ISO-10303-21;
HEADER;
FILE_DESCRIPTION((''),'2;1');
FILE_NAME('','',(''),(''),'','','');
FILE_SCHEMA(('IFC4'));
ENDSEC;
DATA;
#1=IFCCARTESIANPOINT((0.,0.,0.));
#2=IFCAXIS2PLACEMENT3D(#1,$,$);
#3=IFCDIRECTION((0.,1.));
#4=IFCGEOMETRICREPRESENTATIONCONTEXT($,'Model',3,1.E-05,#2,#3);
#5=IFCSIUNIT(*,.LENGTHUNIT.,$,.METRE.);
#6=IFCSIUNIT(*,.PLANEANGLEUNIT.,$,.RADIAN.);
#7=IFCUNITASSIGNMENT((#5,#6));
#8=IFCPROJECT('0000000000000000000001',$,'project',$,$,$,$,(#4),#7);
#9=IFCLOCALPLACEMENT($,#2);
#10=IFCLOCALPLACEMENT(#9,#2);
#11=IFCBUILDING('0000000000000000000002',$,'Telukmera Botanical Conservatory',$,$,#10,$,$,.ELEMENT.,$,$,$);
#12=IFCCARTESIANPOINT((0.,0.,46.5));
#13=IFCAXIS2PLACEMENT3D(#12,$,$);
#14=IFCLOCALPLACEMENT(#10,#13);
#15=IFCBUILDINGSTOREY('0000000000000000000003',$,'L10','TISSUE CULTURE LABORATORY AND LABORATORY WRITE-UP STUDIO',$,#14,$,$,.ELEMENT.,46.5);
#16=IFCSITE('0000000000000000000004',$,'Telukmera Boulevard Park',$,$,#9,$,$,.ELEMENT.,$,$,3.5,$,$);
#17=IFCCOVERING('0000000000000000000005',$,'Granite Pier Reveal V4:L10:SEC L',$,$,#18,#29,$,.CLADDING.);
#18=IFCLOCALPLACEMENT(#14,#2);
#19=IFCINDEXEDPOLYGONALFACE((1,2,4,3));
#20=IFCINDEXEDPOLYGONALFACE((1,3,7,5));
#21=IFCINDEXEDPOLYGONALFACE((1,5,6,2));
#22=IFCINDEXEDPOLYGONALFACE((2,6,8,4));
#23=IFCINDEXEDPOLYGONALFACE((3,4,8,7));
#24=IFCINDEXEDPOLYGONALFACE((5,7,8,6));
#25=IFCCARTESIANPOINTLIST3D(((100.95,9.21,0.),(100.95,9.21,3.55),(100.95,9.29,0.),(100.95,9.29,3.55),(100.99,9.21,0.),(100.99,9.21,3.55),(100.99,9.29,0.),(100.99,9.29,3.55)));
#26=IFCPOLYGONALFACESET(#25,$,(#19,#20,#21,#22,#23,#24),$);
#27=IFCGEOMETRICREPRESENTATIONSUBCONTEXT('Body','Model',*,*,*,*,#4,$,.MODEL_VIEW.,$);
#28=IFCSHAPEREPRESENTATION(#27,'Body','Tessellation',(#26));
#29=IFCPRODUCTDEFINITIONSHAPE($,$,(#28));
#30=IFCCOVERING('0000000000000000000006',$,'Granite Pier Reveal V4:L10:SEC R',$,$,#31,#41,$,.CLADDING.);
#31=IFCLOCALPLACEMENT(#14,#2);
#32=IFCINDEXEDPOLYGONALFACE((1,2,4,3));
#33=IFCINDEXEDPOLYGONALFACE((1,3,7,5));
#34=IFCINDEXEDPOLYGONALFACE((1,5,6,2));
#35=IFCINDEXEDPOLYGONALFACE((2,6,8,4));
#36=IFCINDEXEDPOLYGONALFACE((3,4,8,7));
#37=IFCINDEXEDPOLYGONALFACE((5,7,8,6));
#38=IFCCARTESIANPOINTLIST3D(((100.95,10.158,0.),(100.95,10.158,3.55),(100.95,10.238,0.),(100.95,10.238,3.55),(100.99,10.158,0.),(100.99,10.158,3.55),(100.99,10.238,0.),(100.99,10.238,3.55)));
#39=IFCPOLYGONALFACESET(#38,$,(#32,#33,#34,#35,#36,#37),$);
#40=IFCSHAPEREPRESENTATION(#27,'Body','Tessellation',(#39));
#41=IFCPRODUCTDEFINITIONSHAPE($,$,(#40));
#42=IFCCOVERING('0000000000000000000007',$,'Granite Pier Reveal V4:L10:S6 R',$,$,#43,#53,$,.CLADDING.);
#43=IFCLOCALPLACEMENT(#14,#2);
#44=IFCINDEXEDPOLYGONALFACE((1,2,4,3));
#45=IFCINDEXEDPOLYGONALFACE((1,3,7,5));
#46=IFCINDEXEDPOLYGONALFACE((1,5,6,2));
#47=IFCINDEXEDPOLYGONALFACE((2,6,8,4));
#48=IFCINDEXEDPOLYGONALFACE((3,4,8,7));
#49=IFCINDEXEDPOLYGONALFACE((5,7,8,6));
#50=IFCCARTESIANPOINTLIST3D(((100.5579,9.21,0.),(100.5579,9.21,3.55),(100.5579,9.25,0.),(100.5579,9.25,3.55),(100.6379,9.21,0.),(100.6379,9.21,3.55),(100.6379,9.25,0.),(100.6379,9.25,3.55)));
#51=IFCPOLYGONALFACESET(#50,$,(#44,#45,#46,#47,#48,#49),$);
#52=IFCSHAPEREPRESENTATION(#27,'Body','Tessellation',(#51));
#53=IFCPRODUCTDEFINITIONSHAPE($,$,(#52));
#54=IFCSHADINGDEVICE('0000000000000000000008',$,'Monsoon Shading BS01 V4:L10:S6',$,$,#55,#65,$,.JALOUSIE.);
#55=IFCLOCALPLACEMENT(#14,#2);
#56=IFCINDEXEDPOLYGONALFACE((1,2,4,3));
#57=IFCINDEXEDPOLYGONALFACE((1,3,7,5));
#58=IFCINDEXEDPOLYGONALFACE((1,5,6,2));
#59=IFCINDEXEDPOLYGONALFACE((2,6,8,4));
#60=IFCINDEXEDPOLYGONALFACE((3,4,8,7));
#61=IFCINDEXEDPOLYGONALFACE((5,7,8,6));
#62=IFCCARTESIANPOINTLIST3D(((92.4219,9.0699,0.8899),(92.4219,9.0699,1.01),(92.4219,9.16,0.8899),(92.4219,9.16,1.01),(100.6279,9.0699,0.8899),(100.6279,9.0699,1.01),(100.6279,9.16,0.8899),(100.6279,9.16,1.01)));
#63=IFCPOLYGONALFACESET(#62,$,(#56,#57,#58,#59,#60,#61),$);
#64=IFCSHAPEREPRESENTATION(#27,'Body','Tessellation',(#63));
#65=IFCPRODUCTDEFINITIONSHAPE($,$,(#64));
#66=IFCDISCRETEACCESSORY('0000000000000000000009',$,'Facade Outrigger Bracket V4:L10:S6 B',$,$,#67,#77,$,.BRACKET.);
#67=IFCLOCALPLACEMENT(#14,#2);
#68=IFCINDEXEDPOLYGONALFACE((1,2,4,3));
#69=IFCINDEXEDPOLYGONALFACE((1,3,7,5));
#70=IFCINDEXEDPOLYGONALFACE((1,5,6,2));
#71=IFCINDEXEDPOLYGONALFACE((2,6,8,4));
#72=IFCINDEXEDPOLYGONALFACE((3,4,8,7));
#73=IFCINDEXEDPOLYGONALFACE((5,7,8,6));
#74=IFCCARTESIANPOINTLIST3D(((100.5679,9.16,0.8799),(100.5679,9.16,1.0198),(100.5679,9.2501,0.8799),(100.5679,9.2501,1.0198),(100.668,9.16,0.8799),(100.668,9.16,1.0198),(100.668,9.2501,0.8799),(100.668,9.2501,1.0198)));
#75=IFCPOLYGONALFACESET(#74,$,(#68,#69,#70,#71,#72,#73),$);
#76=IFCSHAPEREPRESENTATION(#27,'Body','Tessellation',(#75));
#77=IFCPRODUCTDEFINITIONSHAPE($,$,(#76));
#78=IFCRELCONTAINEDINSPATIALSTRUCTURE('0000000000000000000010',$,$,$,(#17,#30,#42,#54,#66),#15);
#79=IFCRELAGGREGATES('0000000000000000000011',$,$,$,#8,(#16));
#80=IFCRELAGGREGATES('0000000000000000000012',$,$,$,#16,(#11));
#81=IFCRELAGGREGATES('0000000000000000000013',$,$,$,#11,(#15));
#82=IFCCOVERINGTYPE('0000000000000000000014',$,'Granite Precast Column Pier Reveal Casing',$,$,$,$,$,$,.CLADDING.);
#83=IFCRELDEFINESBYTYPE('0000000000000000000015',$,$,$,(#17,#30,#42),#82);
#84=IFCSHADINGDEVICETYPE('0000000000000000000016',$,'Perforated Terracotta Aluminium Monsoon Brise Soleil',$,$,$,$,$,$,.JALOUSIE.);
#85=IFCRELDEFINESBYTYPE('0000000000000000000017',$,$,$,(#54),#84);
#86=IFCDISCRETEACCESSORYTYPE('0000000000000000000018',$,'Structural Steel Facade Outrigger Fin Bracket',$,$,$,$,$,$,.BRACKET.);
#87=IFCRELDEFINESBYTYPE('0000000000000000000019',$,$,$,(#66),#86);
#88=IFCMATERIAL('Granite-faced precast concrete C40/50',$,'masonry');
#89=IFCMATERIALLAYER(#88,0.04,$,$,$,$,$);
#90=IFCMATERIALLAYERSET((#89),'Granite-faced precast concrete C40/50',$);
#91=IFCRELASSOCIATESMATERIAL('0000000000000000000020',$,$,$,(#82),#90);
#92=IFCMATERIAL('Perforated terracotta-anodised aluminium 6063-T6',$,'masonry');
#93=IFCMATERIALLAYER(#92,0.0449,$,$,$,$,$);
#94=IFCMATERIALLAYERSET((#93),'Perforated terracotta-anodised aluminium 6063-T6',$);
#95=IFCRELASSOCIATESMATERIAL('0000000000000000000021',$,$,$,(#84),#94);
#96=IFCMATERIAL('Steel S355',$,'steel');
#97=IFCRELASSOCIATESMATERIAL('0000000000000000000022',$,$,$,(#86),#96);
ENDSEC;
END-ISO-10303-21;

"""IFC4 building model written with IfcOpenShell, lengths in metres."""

from ifc_helpers import new_model, si_unit, direction, frame, origin, origin_2d, place, context, subcontext, project, spatial, rectangle, extrude, material, layer, layer_set, type_object, element, save


model = new_model("IFC4")

# Units and contexts
model_context = context("Model", 3, precision=1e-05, world=origin(), true_north=direction((0.0, 1.0)))
body_context = subcontext(model_context, "Body", "Model", "MODEL_VIEW")
ifc_project = project(units=[si_unit("LENGTHUNIT", "METRE"), si_unit("PLANEANGLEUNIT", "RADIAN")], contexts=[model_context])

# Site, building, storey
site_placement = place(None, origin())
site = spatial("IfcSite", under=ifc_project, at=site_placement, Name="Telukmera Boulevard Park", CompositionType="ELEMENT", RefElevation=3.5)
building_placement = place(site_placement, origin())
building = spatial("IfcBuilding", under=site, at=building_placement, Name="Telukmera Botanical Conservatory", CompositionType="ELEMENT")
storey_placement = place(building_placement, frame((0.0, 0.0, 46.5)))
storey = spatial("IfcBuildingStorey", under=building, at=storey_placement, Name="L10", Description="TISSUE CULTURE LABORATORY AND LABORATORY WRITE-UP STUDIO", CompositionType="ELEMENT", Elevation=46.5)

# Coverings
ifc_material_1 = material(Name="Granite-faced precast concrete C40/50", Category="masonry")
ifc_layer_1 = layer(ifc_material_1, 0.04)
ifc_layer_set_1 = layer_set([ifc_layer_1], Name="Granite-faced precast concrete C40/50")
covering_type = type_object("IfcCoveringType", Name="Granite Precast Column Pier Reveal Casing", PredefinedType="CLADDING", material=ifc_layer_set_1)
for number, where, z_axis, x_axis, name in (
    (1, (100.97, 9.25, 0.0), (0.0, 0.0, 1.0), (0.0, 1.0, 0.0), "Granite Pier Reveal V4:L10:SEC L"),
    (2, (100.97, 10.198, 0.0), (0.0, 0.0, 1.0), (0.0, 1.0, 0.0), "Granite Pier Reveal V4:L10:SEC R"),
    (3, (100.5979, 9.23, 0.0), (0.0, 0.0, 1.0), (1.0, 0.0, 0.0), "Granite Pier Reveal V4:L10:S6 R"),
):
    element("IfcCovering", number, at=place(storey_placement, frame(where, z_axis=z_axis, x_axis=x_axis)), inside=storey, type_object=covering_type, Name=name, PredefinedType="CLADDING", context=body_context, shape_type="SweptSolid", body=[
        extrude(rectangle(XDim=0.0801, YDim=0.04, at=origin_2d()), origin(), (0.0, 0.0, 1.0), 3.55),
    ])

# Shading device
ifc_material_2 = material(Name="Perforated terracotta-anodised aluminium 6063-T6", Category="masonry")
ifc_layer_2 = layer(ifc_material_2, 0.0449)
ifc_layer_set_2 = layer_set([ifc_layer_2], Name="Perforated terracotta-anodised aluminium 6063-T6")
shading_device_type = type_object("IfcShadingDeviceType", Name="Perforated Terracotta Aluminium Monsoon Brise Soleil", PredefinedType="JALOUSIE", material=ifc_layer_set_2)
shading_device_placement = place(storey_placement, frame((96.5249, 9.115, 0.8899), z_axis=(0.0, 0.0, 1.0), x_axis=(1.0, 0.0, 0.0)))
element("IfcShadingDevice", 4, at=shading_device_placement, inside=storey, type_object=shading_device_type, Name="Monsoon Shading BS01 V4:L10:S6", PredefinedType="JALOUSIE", context=body_context, shape_type="SweptSolid", body=[
    extrude(rectangle(XDim=8.2061, YDim=0.0901, at=origin_2d()), origin(), (0.0, 0.0, 1.0), 0.1201),
])

# Discrete accessory
ifc_material_3 = material(Name="Steel S355", Category="steel")
discrete_accessory_type = type_object("IfcDiscreteAccessoryType", Name="Structural Steel Facade Outrigger Fin Bracket", PredefinedType="BRACKET", material=ifc_material_3)
discrete_accessory_placement = place(storey_placement, frame((100.6179, 9.2051, 0.8799), z_axis=(0.0, 0.0, 1.0), x_axis=(1.0, 0.0, 0.0)))
element("IfcDiscreteAccessory", 5, at=discrete_accessory_placement, inside=storey, type_object=discrete_accessory_type, Name="Facade Outrigger Bracket V4:L10:S6 B", PredefinedType="BRACKET", context=body_context, shape_type="SweptSolid", body=[
    extrude(rectangle(XDim=0.1001, YDim=0.0901, at=origin_2d()), origin(), (0.0, 0.0, 1.0), 0.1399),
])

save(model, "model.ifc")
